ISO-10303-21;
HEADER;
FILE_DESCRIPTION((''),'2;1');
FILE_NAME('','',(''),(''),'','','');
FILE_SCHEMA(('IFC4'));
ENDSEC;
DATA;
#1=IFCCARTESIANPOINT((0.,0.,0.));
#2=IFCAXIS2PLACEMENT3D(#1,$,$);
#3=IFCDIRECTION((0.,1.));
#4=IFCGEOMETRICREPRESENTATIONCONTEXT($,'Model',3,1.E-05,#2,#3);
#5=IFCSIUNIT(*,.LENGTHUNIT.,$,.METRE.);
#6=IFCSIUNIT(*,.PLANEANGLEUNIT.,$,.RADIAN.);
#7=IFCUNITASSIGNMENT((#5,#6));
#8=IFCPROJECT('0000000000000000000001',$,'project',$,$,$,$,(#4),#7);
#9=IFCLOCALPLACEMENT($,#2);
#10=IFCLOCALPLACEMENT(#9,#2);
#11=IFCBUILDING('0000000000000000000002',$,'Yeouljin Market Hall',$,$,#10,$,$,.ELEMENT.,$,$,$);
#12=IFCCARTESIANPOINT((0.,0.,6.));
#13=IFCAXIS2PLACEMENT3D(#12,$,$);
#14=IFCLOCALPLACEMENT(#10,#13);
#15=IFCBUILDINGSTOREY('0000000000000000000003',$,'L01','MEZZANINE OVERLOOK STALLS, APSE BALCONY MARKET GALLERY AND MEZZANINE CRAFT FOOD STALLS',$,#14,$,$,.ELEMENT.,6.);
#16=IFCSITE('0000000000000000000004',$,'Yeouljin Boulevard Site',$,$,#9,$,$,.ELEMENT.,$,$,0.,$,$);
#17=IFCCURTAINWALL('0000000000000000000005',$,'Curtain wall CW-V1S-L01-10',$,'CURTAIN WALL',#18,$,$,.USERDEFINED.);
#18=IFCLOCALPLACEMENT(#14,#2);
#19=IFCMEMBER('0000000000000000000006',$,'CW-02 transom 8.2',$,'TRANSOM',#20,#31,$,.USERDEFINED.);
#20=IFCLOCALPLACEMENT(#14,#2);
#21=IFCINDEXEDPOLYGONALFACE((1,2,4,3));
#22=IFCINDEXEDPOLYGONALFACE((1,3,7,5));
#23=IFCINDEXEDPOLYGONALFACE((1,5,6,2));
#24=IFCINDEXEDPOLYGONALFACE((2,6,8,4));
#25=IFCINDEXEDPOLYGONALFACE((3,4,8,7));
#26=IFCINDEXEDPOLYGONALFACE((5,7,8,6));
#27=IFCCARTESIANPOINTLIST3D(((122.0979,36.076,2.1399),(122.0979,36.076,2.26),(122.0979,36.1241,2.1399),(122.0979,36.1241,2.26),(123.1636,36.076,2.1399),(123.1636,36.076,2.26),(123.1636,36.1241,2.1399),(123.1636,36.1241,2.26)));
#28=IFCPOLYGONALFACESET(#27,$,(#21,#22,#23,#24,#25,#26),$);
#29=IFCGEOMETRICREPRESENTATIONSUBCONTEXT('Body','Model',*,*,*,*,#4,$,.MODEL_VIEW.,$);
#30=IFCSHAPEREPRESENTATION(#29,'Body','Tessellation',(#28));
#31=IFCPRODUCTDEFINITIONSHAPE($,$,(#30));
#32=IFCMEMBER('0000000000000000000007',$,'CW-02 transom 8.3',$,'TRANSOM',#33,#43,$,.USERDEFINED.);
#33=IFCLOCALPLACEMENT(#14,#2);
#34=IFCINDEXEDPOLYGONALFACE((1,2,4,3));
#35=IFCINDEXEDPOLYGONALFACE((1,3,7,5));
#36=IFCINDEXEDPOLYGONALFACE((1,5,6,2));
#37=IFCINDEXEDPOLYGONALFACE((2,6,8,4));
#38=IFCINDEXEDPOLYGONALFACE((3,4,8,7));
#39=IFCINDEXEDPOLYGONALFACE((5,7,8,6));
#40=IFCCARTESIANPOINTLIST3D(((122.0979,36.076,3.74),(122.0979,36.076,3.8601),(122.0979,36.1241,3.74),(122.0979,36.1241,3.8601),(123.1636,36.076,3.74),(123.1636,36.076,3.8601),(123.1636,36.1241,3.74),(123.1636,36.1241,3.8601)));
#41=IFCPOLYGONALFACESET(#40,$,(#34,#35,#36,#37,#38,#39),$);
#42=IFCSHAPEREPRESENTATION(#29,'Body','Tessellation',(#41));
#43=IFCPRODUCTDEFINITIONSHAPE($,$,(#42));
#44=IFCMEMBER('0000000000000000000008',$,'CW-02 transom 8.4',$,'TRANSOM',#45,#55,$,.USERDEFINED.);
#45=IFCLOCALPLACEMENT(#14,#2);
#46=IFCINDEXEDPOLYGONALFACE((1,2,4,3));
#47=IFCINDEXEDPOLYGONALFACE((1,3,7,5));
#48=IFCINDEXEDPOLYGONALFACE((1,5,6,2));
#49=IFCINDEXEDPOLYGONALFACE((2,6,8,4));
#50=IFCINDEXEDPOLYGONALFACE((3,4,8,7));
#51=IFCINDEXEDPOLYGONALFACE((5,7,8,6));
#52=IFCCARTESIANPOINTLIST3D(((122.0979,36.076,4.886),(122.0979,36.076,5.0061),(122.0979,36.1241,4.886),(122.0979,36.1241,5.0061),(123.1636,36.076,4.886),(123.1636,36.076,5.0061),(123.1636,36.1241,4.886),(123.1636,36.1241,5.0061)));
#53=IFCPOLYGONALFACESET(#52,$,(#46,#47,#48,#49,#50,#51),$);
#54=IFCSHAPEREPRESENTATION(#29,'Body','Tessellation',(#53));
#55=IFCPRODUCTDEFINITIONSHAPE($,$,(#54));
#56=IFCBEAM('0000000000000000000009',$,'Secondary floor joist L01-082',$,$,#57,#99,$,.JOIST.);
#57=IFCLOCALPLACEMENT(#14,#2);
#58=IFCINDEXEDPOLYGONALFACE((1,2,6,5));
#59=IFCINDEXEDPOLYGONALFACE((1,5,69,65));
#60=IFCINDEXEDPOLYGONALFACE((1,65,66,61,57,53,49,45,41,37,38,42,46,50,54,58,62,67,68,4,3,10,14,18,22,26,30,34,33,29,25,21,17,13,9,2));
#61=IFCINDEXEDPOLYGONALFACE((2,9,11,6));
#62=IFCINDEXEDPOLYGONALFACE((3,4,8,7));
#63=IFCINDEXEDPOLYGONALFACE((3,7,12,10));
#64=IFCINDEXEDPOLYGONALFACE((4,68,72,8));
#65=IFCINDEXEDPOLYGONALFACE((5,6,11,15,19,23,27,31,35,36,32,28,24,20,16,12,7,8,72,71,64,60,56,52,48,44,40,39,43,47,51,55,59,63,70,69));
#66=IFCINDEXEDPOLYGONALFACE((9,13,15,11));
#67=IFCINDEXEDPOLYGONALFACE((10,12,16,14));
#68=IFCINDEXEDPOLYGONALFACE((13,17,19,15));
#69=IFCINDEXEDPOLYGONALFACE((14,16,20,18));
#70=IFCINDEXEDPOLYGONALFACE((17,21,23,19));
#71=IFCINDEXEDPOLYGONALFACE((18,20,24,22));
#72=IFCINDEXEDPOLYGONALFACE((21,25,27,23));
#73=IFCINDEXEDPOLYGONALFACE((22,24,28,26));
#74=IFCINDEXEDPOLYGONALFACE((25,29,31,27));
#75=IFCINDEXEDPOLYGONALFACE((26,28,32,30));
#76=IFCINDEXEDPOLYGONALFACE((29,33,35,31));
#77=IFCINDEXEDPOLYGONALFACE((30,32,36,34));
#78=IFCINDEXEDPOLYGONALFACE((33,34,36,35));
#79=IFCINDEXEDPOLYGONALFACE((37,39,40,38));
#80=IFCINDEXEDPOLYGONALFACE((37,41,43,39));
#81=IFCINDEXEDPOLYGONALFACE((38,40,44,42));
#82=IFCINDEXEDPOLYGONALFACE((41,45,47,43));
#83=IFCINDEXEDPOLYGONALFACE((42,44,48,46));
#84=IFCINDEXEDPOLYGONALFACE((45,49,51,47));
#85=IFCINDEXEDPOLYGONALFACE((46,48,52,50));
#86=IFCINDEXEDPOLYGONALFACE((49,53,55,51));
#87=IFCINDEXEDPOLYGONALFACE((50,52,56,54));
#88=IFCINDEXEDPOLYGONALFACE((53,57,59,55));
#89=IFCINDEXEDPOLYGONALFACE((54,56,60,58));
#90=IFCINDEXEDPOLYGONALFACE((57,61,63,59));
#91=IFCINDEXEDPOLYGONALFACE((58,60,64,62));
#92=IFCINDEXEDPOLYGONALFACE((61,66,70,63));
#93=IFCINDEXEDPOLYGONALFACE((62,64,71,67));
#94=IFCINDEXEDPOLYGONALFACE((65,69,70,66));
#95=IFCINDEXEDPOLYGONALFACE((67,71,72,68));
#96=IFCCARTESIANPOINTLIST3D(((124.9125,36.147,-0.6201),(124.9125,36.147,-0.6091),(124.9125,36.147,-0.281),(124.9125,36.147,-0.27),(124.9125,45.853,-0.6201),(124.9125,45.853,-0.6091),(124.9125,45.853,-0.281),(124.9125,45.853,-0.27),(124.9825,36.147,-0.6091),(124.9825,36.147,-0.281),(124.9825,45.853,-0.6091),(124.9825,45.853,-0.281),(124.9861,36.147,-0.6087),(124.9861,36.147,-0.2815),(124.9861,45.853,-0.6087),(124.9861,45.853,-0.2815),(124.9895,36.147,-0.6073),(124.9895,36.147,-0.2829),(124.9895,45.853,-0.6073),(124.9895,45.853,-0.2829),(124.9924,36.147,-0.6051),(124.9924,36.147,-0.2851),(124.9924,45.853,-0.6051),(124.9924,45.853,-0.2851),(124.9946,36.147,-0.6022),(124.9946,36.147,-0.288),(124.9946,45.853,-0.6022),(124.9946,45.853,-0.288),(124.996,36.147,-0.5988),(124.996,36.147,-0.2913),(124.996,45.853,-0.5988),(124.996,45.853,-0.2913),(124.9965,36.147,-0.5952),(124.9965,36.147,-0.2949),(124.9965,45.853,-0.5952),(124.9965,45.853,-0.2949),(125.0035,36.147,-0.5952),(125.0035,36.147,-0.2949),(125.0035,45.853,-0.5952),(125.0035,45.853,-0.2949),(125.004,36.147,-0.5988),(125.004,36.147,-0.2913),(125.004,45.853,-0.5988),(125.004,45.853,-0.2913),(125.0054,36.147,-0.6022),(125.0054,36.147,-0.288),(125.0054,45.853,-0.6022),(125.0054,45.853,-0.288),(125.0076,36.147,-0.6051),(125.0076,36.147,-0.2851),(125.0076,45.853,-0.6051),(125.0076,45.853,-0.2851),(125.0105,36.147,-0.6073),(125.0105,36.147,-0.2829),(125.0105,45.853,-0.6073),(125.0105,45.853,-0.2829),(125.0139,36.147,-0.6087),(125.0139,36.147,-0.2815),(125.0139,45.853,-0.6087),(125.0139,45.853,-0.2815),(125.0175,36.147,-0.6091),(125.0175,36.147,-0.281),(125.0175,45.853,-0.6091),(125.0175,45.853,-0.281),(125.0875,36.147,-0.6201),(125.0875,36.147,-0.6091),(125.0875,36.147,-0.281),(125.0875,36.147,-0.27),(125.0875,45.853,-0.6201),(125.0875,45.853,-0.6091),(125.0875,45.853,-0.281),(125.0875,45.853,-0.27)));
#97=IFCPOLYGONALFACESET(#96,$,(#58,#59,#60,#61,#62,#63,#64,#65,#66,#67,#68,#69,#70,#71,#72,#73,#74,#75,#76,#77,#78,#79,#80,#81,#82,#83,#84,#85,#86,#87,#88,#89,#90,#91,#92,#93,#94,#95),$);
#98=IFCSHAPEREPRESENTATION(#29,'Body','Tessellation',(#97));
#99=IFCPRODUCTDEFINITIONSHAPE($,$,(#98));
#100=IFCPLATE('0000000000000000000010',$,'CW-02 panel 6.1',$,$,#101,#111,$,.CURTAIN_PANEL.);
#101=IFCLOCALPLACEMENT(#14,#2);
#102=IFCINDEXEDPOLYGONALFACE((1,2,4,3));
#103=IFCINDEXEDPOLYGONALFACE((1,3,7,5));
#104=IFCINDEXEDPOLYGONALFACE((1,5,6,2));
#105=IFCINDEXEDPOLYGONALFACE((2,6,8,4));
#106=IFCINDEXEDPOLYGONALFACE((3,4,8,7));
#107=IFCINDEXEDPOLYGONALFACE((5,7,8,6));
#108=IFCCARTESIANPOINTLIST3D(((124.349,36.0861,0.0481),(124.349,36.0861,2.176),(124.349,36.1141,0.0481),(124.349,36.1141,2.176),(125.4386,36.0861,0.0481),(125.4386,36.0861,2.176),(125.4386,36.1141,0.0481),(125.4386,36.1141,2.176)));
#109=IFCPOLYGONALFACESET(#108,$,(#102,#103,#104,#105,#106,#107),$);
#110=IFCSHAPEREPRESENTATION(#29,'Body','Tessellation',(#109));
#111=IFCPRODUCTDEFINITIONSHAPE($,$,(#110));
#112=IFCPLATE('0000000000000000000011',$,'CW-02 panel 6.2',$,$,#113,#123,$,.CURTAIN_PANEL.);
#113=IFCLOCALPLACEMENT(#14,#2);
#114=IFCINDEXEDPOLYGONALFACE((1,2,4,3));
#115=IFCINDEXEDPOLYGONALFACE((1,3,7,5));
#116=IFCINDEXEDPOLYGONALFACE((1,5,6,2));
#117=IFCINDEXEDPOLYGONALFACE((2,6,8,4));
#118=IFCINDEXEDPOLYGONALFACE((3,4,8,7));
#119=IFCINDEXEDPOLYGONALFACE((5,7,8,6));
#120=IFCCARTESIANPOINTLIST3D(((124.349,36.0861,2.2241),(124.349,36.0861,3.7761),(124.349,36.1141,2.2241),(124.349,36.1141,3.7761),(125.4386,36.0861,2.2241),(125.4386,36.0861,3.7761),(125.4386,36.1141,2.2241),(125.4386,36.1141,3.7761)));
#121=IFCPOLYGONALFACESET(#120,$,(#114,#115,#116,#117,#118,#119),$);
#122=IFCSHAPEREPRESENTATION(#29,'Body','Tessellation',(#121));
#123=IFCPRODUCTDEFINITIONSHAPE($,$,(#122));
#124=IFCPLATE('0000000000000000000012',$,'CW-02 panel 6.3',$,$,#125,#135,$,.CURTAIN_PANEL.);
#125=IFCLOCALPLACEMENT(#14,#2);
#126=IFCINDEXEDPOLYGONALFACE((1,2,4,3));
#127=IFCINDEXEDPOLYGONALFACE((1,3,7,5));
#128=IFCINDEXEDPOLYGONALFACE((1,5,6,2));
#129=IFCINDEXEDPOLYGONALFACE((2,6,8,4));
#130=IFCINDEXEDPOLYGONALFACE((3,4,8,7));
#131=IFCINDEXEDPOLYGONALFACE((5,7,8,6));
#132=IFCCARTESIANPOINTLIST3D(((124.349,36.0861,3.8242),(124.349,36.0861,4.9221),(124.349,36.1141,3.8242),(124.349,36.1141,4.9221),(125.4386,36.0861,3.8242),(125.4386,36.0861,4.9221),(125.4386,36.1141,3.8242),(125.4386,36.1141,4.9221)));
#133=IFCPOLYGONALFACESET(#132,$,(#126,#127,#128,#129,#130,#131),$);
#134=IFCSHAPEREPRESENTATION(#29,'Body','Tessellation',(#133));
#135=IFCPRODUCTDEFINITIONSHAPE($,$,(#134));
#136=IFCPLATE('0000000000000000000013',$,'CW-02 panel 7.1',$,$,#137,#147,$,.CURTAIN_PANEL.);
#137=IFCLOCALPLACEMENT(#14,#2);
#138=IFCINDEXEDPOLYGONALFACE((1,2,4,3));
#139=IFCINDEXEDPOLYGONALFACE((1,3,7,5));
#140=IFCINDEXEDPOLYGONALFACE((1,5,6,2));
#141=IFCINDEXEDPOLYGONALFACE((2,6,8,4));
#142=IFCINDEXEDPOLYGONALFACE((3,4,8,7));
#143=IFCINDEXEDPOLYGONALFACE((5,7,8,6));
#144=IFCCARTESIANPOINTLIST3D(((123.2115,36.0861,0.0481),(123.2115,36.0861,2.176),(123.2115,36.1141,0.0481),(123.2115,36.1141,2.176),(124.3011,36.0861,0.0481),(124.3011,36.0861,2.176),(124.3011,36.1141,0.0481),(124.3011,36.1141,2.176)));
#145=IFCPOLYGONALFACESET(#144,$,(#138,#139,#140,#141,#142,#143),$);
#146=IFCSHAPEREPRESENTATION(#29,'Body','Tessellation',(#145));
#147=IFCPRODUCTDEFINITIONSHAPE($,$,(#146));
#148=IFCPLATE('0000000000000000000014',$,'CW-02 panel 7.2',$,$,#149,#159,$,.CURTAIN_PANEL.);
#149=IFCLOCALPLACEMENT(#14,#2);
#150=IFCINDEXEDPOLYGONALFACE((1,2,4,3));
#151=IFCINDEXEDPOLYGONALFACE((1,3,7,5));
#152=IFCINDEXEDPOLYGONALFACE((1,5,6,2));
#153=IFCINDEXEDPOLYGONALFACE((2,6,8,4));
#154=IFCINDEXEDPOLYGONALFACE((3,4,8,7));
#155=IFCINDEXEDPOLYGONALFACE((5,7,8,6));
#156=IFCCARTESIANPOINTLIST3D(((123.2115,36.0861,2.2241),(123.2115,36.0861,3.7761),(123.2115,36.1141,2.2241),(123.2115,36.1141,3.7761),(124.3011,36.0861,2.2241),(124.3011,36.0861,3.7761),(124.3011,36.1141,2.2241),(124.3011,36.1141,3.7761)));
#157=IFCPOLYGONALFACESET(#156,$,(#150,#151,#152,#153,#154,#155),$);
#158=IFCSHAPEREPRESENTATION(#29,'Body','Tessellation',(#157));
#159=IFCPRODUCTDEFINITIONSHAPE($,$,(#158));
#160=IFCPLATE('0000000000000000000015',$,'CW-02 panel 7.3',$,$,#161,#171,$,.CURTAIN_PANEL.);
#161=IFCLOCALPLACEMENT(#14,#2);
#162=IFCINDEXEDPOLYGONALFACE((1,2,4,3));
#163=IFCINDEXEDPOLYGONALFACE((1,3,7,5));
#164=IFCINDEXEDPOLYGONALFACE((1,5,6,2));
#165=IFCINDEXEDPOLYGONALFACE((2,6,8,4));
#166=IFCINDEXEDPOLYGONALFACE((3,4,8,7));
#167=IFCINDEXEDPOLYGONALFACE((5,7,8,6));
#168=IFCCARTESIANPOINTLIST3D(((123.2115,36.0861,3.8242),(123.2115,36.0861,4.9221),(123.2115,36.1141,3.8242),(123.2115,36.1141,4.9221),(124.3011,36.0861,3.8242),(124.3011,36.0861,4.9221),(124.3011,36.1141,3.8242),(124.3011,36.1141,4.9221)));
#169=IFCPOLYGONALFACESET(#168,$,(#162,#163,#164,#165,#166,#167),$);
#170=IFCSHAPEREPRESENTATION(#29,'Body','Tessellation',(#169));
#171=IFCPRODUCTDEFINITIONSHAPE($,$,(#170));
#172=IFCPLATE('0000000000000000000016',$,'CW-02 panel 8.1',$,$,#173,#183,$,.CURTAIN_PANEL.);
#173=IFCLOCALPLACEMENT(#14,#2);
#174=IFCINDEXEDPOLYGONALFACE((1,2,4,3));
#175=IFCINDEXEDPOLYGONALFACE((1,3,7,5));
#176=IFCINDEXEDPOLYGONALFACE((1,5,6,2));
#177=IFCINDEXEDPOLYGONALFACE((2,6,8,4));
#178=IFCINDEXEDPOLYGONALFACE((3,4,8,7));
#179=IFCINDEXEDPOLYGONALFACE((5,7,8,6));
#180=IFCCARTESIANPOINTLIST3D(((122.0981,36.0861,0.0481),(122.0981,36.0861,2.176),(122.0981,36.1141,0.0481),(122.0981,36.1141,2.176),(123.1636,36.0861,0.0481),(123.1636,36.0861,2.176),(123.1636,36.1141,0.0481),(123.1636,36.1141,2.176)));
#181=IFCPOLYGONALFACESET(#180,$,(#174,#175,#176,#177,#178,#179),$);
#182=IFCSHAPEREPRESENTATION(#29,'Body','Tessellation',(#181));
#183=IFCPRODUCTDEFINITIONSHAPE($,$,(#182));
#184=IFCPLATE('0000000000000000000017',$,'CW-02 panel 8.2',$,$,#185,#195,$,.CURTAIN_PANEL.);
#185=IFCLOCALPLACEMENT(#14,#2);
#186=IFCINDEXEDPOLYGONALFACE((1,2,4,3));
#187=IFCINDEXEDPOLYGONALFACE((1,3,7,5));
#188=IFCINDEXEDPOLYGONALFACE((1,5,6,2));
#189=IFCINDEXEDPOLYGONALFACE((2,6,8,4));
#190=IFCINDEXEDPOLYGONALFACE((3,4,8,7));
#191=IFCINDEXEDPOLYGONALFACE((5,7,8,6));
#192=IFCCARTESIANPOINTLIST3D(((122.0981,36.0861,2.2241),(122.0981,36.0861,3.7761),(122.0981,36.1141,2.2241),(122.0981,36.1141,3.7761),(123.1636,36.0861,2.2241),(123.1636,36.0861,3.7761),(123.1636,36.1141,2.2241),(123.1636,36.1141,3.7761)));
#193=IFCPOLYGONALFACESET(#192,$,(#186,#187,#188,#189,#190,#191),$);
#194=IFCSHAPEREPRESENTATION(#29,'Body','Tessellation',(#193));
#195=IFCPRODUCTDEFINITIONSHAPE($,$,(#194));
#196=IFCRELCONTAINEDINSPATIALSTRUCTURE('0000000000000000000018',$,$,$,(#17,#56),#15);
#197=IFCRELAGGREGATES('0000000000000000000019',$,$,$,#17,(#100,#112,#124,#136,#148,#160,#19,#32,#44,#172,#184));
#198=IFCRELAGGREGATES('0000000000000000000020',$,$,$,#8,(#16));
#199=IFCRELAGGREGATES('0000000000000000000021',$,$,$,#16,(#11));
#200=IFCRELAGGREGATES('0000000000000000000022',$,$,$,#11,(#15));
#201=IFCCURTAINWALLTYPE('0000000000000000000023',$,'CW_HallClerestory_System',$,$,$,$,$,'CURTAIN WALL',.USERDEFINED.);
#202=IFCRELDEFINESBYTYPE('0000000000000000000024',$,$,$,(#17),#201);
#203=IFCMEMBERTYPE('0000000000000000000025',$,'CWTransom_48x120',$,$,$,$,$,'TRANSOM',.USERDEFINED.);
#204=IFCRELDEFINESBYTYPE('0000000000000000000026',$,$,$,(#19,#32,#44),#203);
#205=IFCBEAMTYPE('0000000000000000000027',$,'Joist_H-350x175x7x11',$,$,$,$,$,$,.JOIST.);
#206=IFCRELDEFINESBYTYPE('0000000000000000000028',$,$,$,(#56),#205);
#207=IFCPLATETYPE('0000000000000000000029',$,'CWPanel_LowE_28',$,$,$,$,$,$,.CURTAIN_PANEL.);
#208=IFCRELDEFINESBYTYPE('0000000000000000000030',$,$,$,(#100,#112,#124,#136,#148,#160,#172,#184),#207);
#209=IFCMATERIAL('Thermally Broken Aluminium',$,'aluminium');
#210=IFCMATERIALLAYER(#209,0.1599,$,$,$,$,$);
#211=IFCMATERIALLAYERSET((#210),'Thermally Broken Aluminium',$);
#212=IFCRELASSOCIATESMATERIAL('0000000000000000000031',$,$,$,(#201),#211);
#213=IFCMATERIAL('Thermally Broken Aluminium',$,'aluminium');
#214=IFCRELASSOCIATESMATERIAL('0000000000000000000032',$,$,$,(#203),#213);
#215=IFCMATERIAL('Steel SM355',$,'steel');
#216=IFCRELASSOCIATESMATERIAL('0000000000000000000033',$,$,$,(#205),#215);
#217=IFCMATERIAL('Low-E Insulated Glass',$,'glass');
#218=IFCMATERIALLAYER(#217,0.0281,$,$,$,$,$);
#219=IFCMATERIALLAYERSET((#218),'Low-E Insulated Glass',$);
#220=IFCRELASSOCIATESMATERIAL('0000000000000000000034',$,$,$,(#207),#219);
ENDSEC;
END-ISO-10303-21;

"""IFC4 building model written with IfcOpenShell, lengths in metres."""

from ifc_helpers import new_model, si_unit, direction, frame, origin, origin_2d, place, context, subcontext, project, spatial, rectangle, i_section, extrude, material, layer, layer_set, material_profile, profile_set, type_object, element, aggregate, save


model = new_model("IFC4")

# Units and contexts
model_context = context("Model", 3, precision=1e-05, world=origin(), true_north=direction((0.0, 1.0)))
body_context = subcontext(model_context, "Body", "Model", "MODEL_VIEW")
ifc_project = project(units=[si_unit("LENGTHUNIT", "METRE"), si_unit("PLANEANGLEUNIT", "RADIAN")], contexts=[model_context])

# Site, building, storey
site_placement = place(None, origin())
site = spatial("IfcSite", under=ifc_project, at=site_placement, Name="Yeouljin Boulevard Site", CompositionType="ELEMENT", RefElevation=0.0)
building_placement = place(site_placement, origin())
building = spatial("IfcBuilding", under=site, at=building_placement, Name="Yeouljin Market Hall", CompositionType="ELEMENT")
storey_placement = place(building_placement, frame((0.0, 0.0, 6.0)))
storey = spatial("IfcBuildingStorey", under=building, at=storey_placement, Name="L01", Description="MEZZANINE OVERLOOK STALLS, APSE BALCONY MARKET GALLERY AND MEZZANINE CRAFT FOOD STALLS", CompositionType="ELEMENT", Elevation=6.0)

# Curtain wall, members
ifc_material_1 = material(Name="Thermally Broken Aluminium", Category="aluminium")
ifc_layer_1 = layer(ifc_material_1, 0.1599)
ifc_layer_set_1 = layer_set([ifc_layer_1], Name="Thermally Broken Aluminium")
curtain_wall_type = type_object("IfcCurtainWallType", Name="CW_HallClerestory_System", ElementType="CURTAIN WALL", PredefinedType="USERDEFINED", material=ifc_layer_set_1)
curtain_wall_placement = place(storey_placement, origin())
curtain_wall = element("IfcCurtainWall", 1, at=curtain_wall_placement, inside=storey, type_object=curtain_wall_type, Name="Curtain wall CW-V1S-L01-10", ObjectType="CURTAIN WALL", PredefinedType="USERDEFINED")
ifc_material_2 = material(Name="Thermally Broken Aluminium", Category="aluminium")
ifc_material_profile_1 = material_profile(ifc_material_2, rectangle(XDim=0.0481, YDim=0.1201, at=origin_2d()), Name="CW-TRAN-48x120")
ifc_profile_set_1 = profile_set([ifc_material_profile_1], Name="Thermally Broken Aluminium")
member_type_1 = type_object("IfcMemberType", Name="CWTransom_48x120", ElementType="TRANSOM", PredefinedType="USERDEFINED", material=ifc_profile_set_1)
member_1_placement = place(storey_placement, frame((123.1636, 36.1001, 2.2), z_axis=(-1.0, 0.0, 0.0), x_axis=(0.0, -1.0, 0.0)))
member_1 = element("IfcMember", 2, at=member_1_placement, type_object=member_type_1, Name="CW-02 transom 8.2", ObjectType="TRANSOM", PredefinedType="USERDEFINED", context=body_context, shape_type="SweptSolid", body=[
    extrude(rectangle(XDim=0.0481, YDim=0.1201, at=origin_2d()), origin(), (0.0, 0.0, 1.0), 1.0657),
])
member_2_placement = place(storey_placement, frame((123.1636, 36.1001, 3.8), z_axis=(-1.0, 0.0, 0.0), x_axis=(0.0, -1.0, 0.0)))
member_2 = element("IfcMember", 3, at=member_2_placement, type_object=member_type_1, Name="CW-02 transom 8.3", ObjectType="TRANSOM", PredefinedType="USERDEFINED", context=body_context, shape_type="SweptSolid", body=[
    extrude(rectangle(XDim=0.0481, YDim=0.1201, at=origin_2d()), origin(), (0.0, 0.0, 1.0), 1.0657),
])
member_3_placement = place(storey_placement, frame((123.1636, 36.1001, 4.946), z_axis=(-1.0, 0.0, 0.0), x_axis=(0.0, -1.0, 0.0)))
member_3 = element("IfcMember", 4, at=member_3_placement, type_object=member_type_1, Name="CW-02 transom 8.4", ObjectType="TRANSOM", PredefinedType="USERDEFINED", context=body_context, shape_type="SweptSolid", body=[
    extrude(rectangle(XDim=0.0481, YDim=0.1201, at=origin_2d()), origin(), (0.0, 0.0, 1.0), 1.0657),
])

# Beam
ifc_material_3 = material(Name="Steel SM355", Category="steel")
ifc_material_profile_2 = material_profile(ifc_material_3, i_section(OverallWidth=0.175, OverallDepth=0.3501, WebThickness=0.0071, FlangeThickness=0.011, FilletRadius=0.0139, at=origin_2d()), Name="H-350x175x7x11")
ifc_profile_set_2 = profile_set([ifc_material_profile_2], Name="Steel SM355")
beam_type_1 = type_object("IfcBeamType", Name="Joist_H-350x175x7x11", PredefinedType="JOIST", material=ifc_profile_set_2)
beam_1_placement = place(storey_placement, frame((125.0, 36.147, -0.4451), z_axis=(0.0, 1.0, 0.0), x_axis=(-1.0, 0.0, 0.0)))
element("IfcBeam", 5, at=beam_1_placement, inside=storey, type_object=beam_type_1, Name="Secondary floor joist L01-082", PredefinedType="JOIST", context=body_context, shape_type="SweptSolid", body=[
    extrude(i_section(OverallWidth=0.175, OverallDepth=0.3501, WebThickness=0.0071, FlangeThickness=0.011, FilletRadius=0.0139, at=origin_2d()), origin(), (0.0, 0.0, 1.0), 9.7061),
])

# Plates
ifc_material_4 = material(Name="Low-E Insulated Glass", Category="glass")
ifc_layer_2 = layer(ifc_material_4, 0.0281)
ifc_layer_set_2 = layer_set([ifc_layer_2], Name="Low-E Insulated Glass")
plate_type = type_object("IfcPlateType", Name="CWPanel_LowE_28", PredefinedType="CURTAIN_PANEL", material=ifc_layer_set_2)
plate_1_placement = place(storey_placement, frame((124.8938, 36.1001, 0.0481), z_axis=(0.0, 0.0, 1.0), x_axis=(-1.0, 0.0, 0.0)))
plate_1 = element("IfcPlate", 6, at=plate_1_placement, type_object=plate_type, Name="CW-02 panel 6.1", PredefinedType="CURTAIN_PANEL", context=body_context, shape_type="SweptSolid", body=[
    extrude(rectangle(XDim=1.0896, YDim=0.0281, at=origin_2d()), origin(), (0.0, 0.0, 1.0), 2.1279),
])
plate_2_placement = place(storey_placement, frame((124.8938, 36.1001, 2.2241), z_axis=(0.0, 0.0, 1.0), x_axis=(-1.0, 0.0, 0.0)))
plate_2 = element("IfcPlate", 7, at=plate_2_placement, type_object=plate_type, Name="CW-02 panel 6.2", PredefinedType="CURTAIN_PANEL", context=body_context, shape_type="SweptSolid", body=[
    extrude(rectangle(XDim=1.0896, YDim=0.0281, at=origin_2d()), origin(), (0.0, 0.0, 1.0), 1.552),
])
plate_3_placement = place(storey_placement, frame((124.8938, 36.1001, 3.8242), z_axis=(0.0, 0.0, 1.0), x_axis=(-1.0, 0.0, 0.0)))
plate_3 = element("IfcPlate", 8, at=plate_3_placement, type_object=plate_type, Name="CW-02 panel 6.3", PredefinedType="CURTAIN_PANEL", context=body_context, shape_type="SweptSolid", body=[
    extrude(rectangle(XDim=1.0896, YDim=0.0281, at=origin_2d()), origin(), (0.0, 0.0, 1.0), 1.0979),
])
plate_4_placement = place(storey_placement, frame((123.7563, 36.1001, 0.0481), z_axis=(0.0, 0.0, 1.0), x_axis=(-1.0, 0.0, 0.0)))
plate_4 = element("IfcPlate", 9, at=plate_4_placement, type_object=plate_type, Name="CW-02 panel 7.1", PredefinedType="CURTAIN_PANEL", context=body_context, shape_type="SweptSolid", body=[
    extrude(rectangle(XDim=1.0896, YDim=0.0281, at=origin_2d()), origin(), (0.0, 0.0, 1.0), 2.1279),
])
plate_5_placement = place(storey_placement, frame((123.7563, 36.1001, 2.2241), z_axis=(0.0, 0.0, 1.0), x_axis=(-1.0, 0.0, 0.0)))
plate_5 = element("IfcPlate", 10, at=plate_5_placement, type_object=plate_type, Name="CW-02 panel 7.2", PredefinedType="CURTAIN_PANEL", context=body_context, shape_type="SweptSolid", body=[
    extrude(rectangle(XDim=1.0896, YDim=0.0281, at=origin_2d()), origin(), (0.0, 0.0, 1.0), 1.552),
])
plate_6_placement = place(storey_placement, frame((123.7563, 36.1001, 3.8242), z_axis=(0.0, 0.0, 1.0), x_axis=(-1.0, 0.0, 0.0)))
plate_6 = element("IfcPlate", 11, at=plate_6_placement, type_object=plate_type, Name="CW-02 panel 7.3", PredefinedType="CURTAIN_PANEL", context=body_context, shape_type="SweptSolid", body=[
    extrude(rectangle(XDim=1.0896, YDim=0.0281, at=origin_2d()), origin(), (0.0, 0.0, 1.0), 1.0979),
])
plate_7_placement = place(storey_placement, frame((122.6309, 36.1001, 0.0481), z_axis=(0.0, 0.0, 1.0), x_axis=(-1.0, 0.0, 0.0)))
plate_7 = element("IfcPlate", 12, at=plate_7_placement, type_object=plate_type, Name="CW-02 panel 8.1", PredefinedType="CURTAIN_PANEL", context=body_context, shape_type="SweptSolid", body=[
    extrude(rectangle(XDim=1.0654, YDim=0.0281, at=origin_2d()), origin(), (0.0, 0.0, 1.0), 2.1279),
])
plate_8_placement = place(storey_placement, frame((122.6309, 36.1001, 2.2241), z_axis=(0.0, 0.0, 1.0), x_axis=(-1.0, 0.0, 0.0)))
plate_8 = element("IfcPlate", 13, at=plate_8_placement, type_object=plate_type, Name="CW-02 panel 8.2", PredefinedType="CURTAIN_PANEL", context=body_context, shape_type="SweptSolid", body=[
    extrude(rectangle(XDim=1.0654, YDim=0.0281, at=origin_2d()), origin(), (0.0, 0.0, 1.0), 1.552),
])
aggregate(curtain_wall, [plate_1, plate_2, plate_3, plate_4, plate_5, plate_6, member_1, member_2, member_3, plate_7, plate_8])

save(model, "model.ifc")
